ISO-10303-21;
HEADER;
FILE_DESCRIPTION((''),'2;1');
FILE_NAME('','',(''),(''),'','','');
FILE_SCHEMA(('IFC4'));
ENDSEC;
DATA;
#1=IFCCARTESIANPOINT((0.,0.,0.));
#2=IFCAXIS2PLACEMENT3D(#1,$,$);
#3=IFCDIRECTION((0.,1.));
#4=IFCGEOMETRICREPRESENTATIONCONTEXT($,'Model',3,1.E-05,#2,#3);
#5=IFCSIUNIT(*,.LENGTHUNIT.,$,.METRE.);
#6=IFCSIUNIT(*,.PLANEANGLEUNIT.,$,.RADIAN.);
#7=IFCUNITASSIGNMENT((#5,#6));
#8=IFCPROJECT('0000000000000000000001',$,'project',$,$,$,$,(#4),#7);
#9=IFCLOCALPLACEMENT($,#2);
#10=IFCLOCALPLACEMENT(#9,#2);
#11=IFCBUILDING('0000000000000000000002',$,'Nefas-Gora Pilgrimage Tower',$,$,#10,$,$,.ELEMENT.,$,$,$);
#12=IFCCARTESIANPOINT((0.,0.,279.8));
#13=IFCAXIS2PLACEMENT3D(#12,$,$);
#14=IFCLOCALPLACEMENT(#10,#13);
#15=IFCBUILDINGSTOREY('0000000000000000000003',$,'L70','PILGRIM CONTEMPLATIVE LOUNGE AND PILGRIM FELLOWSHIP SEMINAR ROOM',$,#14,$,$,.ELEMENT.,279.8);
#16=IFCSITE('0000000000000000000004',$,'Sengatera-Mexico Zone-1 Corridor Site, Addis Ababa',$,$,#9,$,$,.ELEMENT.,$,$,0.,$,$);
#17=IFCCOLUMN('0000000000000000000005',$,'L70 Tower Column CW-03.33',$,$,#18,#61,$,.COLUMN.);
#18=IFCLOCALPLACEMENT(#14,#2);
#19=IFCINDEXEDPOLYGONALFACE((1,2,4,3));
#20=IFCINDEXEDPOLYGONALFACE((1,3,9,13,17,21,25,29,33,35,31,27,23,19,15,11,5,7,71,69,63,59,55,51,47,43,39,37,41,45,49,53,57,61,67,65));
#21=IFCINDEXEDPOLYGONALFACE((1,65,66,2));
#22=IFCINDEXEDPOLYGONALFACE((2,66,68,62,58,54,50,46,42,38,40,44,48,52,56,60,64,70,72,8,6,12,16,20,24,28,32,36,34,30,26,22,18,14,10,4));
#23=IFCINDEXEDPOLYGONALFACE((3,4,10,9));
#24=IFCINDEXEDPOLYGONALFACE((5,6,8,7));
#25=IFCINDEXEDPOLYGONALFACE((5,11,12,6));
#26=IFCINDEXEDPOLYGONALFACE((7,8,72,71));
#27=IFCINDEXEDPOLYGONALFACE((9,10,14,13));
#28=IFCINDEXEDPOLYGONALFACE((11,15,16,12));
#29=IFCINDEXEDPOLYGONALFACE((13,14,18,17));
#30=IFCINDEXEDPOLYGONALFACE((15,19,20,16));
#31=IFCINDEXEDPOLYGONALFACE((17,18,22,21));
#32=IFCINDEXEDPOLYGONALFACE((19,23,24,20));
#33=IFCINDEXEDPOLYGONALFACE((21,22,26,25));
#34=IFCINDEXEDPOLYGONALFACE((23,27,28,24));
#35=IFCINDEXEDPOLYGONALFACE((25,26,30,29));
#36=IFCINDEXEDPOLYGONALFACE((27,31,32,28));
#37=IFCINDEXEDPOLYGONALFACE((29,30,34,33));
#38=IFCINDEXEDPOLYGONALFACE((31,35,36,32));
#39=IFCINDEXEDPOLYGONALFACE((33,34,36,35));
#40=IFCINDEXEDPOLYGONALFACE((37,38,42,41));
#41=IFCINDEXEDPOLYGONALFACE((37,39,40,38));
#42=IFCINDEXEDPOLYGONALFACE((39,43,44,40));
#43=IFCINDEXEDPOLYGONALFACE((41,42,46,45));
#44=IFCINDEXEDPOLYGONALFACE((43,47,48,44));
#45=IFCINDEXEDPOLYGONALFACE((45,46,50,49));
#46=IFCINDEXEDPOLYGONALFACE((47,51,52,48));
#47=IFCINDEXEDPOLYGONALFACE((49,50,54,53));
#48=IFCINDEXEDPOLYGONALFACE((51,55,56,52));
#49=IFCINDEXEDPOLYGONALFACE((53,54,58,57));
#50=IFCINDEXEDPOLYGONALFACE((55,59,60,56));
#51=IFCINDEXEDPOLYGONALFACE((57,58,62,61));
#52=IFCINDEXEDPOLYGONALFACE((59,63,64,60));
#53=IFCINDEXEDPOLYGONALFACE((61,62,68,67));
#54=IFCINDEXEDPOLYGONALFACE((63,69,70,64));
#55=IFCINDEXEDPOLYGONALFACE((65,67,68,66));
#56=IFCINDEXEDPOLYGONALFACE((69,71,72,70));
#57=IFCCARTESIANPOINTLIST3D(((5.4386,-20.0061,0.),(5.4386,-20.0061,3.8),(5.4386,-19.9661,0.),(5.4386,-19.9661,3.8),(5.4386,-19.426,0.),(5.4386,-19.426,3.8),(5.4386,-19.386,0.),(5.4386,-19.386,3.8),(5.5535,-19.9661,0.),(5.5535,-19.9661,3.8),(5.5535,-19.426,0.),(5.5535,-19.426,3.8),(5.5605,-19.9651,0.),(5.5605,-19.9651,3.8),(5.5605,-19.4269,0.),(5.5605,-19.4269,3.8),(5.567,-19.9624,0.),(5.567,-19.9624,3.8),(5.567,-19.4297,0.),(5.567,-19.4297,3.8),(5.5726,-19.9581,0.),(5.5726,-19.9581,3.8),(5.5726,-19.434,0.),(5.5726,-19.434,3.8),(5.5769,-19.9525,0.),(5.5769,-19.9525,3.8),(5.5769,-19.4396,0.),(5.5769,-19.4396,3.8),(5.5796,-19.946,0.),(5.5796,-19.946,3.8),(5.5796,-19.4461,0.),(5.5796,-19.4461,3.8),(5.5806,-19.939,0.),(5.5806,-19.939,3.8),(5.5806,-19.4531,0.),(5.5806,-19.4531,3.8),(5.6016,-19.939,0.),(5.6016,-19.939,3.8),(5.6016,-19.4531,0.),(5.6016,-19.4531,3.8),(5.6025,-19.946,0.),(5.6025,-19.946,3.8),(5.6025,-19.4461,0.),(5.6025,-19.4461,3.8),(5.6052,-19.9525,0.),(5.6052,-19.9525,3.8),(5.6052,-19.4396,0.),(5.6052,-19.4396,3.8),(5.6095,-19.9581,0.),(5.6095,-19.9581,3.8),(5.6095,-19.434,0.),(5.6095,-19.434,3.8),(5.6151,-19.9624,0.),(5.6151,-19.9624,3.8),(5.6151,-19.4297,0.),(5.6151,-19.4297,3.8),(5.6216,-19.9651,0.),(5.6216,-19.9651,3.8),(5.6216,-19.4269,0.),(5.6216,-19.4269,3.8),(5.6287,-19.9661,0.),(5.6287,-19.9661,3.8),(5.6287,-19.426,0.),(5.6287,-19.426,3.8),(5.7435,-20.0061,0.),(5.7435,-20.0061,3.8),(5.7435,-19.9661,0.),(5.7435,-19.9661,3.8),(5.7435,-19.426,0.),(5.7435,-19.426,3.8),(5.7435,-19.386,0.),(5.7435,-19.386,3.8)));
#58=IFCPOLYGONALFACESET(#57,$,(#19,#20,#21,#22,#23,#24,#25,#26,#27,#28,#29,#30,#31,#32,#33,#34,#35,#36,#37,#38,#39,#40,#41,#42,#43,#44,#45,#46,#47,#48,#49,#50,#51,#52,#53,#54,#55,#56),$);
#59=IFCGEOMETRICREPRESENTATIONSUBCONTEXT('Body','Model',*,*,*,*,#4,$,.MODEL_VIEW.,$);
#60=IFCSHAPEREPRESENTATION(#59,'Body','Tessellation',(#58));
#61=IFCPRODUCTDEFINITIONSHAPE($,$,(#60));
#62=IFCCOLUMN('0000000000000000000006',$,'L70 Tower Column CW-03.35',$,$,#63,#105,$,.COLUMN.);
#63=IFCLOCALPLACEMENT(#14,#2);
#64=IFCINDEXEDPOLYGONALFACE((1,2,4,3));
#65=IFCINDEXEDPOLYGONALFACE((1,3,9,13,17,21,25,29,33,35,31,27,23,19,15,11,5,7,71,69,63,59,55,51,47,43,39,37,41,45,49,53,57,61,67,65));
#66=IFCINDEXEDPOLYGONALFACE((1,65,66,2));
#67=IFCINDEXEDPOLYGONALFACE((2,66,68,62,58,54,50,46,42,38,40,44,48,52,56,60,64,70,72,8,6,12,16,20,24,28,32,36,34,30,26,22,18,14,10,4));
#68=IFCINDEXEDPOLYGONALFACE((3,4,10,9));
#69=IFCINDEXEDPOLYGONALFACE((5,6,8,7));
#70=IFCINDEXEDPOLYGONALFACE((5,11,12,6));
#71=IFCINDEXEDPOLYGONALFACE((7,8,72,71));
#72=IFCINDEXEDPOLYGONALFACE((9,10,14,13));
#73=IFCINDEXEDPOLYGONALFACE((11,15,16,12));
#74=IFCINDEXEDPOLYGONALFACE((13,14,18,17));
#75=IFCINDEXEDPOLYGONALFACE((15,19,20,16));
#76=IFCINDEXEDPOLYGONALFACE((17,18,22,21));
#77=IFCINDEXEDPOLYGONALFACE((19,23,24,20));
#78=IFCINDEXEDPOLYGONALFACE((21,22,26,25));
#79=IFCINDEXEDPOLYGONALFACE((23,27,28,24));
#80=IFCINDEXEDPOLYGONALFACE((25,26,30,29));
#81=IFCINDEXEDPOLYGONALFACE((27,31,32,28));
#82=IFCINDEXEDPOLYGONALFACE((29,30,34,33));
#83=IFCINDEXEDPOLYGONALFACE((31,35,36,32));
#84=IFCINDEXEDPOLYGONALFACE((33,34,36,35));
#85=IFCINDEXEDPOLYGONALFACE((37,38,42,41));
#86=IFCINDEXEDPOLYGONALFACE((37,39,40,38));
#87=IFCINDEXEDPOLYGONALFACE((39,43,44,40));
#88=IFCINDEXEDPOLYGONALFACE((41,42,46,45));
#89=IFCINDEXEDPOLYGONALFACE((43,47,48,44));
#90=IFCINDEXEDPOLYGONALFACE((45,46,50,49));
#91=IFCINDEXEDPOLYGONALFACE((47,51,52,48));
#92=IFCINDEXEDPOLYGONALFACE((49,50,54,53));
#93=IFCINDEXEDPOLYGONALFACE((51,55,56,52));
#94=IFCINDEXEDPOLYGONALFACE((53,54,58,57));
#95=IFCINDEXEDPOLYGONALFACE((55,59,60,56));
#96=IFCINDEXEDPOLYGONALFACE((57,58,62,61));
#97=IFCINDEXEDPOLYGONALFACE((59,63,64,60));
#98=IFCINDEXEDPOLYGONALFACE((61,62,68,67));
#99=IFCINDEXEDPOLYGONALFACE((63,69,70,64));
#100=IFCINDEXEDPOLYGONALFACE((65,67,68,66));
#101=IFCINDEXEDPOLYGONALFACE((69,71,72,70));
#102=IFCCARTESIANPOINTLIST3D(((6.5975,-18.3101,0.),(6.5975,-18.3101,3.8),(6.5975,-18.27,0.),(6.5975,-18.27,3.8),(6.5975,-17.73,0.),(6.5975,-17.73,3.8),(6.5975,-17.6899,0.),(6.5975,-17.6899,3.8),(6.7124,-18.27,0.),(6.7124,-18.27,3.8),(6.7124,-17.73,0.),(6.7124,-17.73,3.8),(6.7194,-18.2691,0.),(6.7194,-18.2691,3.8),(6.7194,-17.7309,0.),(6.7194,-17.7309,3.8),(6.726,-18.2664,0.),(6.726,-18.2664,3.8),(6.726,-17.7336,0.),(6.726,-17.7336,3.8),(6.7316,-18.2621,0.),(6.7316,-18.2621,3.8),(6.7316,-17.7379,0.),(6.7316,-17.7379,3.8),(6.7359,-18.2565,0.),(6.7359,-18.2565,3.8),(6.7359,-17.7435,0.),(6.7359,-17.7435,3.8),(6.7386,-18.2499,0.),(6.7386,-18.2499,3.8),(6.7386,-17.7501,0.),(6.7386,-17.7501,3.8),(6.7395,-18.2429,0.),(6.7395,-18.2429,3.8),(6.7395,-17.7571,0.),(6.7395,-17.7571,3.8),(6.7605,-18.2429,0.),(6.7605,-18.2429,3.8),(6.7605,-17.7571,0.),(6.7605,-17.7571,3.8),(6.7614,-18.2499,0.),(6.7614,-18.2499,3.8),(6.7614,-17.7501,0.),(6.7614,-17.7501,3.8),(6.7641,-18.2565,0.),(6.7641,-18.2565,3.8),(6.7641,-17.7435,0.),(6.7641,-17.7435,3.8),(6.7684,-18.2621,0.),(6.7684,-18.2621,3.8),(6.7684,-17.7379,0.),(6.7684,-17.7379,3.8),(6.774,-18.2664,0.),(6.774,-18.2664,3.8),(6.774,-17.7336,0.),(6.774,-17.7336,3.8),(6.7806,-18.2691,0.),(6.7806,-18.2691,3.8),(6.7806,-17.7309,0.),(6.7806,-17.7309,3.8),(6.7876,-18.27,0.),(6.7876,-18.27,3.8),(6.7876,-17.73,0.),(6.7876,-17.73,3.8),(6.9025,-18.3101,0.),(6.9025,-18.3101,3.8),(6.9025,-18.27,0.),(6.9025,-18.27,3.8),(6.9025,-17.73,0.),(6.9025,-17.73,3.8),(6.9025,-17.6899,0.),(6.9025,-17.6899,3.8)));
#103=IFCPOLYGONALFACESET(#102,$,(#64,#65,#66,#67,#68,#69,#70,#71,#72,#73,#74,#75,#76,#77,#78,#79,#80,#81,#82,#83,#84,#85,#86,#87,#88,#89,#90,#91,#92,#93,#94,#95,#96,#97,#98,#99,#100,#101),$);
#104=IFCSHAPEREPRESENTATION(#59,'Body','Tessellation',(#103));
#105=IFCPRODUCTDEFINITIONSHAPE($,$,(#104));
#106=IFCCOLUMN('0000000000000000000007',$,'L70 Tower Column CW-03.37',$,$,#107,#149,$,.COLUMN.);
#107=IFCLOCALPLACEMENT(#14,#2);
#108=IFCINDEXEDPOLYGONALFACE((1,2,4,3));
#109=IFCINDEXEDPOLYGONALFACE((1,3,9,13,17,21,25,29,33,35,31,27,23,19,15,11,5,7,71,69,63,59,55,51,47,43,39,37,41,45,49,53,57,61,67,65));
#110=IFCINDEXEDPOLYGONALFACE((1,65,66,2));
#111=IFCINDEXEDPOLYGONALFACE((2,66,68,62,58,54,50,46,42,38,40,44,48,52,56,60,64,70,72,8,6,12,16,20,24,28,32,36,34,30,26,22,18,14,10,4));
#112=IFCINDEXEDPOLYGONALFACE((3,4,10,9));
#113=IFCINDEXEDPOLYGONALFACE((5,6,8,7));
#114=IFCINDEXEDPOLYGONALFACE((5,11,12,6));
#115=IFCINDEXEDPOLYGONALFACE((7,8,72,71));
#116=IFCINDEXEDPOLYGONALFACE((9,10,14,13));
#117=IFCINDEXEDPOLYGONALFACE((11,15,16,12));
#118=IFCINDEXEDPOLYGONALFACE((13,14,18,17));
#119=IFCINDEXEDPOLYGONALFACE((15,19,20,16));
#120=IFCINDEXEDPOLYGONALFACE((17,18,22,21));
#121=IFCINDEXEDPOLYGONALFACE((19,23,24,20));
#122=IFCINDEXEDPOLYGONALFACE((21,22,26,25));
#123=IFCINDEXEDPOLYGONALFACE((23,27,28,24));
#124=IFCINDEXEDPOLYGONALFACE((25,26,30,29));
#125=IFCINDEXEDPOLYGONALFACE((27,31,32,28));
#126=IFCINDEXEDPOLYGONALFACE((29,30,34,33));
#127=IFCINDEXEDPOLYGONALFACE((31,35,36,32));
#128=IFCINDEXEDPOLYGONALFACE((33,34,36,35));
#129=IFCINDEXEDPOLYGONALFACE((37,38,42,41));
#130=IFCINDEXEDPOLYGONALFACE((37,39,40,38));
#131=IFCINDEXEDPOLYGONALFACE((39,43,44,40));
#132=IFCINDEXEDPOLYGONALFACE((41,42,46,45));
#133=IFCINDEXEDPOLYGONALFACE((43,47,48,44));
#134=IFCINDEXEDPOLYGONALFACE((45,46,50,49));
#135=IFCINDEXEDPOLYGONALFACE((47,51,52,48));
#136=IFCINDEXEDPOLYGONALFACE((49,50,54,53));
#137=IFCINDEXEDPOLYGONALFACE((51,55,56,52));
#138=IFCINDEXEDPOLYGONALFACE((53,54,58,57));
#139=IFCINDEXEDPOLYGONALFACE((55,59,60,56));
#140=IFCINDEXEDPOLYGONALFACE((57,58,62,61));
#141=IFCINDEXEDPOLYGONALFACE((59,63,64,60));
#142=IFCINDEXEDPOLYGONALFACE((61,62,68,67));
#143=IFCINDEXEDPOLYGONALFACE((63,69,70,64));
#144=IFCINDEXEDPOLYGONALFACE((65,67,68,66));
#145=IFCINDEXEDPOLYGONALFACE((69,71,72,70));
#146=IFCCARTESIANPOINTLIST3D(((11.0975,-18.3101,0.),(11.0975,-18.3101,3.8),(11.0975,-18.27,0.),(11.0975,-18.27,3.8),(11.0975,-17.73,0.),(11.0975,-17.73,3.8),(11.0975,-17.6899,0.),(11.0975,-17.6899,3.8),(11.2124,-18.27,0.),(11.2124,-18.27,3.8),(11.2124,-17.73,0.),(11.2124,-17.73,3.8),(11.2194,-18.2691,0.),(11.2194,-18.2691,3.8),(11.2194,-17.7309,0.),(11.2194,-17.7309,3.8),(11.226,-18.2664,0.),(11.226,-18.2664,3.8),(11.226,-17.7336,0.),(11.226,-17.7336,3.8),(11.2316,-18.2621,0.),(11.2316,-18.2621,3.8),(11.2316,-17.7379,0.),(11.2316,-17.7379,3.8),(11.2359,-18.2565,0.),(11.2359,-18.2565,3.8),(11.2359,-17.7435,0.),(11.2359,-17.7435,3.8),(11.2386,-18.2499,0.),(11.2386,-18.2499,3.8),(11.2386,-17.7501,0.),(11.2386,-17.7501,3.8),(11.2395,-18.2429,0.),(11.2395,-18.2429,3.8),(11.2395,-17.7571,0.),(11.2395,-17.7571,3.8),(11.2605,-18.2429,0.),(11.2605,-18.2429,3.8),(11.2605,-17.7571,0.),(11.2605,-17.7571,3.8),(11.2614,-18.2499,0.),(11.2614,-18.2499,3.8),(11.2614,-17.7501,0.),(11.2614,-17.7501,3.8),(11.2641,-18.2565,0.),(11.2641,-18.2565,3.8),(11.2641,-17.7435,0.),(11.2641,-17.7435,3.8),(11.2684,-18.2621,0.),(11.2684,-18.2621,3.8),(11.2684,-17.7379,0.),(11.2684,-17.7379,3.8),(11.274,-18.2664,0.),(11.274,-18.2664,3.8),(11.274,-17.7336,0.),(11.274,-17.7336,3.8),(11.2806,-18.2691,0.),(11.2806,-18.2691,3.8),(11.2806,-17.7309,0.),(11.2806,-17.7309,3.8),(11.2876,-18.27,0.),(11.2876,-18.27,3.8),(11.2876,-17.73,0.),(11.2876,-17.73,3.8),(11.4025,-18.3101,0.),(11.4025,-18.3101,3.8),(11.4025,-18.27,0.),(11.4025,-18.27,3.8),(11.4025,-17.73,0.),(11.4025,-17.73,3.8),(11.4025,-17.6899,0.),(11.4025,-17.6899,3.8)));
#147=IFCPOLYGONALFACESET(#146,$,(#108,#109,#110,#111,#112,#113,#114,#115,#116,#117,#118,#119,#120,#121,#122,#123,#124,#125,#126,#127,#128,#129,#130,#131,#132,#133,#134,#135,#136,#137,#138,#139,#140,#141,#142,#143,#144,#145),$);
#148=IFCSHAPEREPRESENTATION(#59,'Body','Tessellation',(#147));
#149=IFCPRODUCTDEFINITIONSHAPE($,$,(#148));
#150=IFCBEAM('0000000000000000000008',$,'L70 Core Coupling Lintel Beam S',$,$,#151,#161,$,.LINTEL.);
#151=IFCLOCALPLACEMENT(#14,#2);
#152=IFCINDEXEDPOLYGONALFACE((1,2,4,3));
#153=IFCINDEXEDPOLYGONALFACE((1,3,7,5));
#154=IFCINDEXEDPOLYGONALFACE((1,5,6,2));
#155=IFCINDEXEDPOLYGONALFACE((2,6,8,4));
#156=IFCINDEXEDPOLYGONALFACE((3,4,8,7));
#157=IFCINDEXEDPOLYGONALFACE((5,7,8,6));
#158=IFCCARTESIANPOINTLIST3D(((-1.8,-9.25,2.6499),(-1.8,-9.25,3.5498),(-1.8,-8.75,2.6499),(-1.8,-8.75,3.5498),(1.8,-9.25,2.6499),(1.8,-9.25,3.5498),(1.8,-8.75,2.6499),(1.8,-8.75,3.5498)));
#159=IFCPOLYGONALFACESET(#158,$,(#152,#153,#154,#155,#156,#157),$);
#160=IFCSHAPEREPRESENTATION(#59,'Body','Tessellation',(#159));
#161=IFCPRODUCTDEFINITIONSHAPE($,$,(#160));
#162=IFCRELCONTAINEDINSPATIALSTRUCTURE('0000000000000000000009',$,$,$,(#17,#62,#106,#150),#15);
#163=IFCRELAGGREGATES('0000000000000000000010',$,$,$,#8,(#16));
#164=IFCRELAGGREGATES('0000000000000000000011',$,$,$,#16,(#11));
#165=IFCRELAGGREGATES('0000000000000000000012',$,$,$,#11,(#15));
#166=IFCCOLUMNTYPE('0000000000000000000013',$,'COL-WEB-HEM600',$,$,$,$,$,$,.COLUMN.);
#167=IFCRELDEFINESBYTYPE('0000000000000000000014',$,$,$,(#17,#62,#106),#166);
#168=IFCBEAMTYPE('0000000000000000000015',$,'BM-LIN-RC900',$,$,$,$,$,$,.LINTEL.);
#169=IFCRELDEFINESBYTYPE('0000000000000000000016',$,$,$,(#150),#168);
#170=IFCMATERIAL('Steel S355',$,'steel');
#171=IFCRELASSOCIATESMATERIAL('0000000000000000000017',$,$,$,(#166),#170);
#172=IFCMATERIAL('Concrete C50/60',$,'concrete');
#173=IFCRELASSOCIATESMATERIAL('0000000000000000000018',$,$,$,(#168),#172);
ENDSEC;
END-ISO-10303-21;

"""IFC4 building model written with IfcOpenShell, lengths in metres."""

from ifc_helpers import new_model, si_unit, direction, frame, origin, origin_2d, place, context, subcontext, project, spatial, rectangle, i_section, extrude, source, transform, mapped, material, material_profile, profile_set, type_object, element, save


model = new_model("IFC4")

# Units and contexts
model_context = context("Model", 3, precision=1e-05, world=origin(), true_north=direction((0.0, 1.0)))
body_context = subcontext(model_context, "Body", "Model", "MODEL_VIEW")
ifc_project = project(units=[si_unit("LENGTHUNIT", "METRE"), si_unit("PLANEANGLEUNIT", "RADIAN")], contexts=[model_context])

# Site, building, storey
site_placement = place(None, origin())
site = spatial("IfcSite", under=ifc_project, at=site_placement, Name="Sengatera-Mexico Zone-1 Corridor Site, Addis Ababa", CompositionType="ELEMENT", RefElevation=0.0)
building_placement = place(site_placement, origin())
building = spatial("IfcBuilding", under=site, at=building_placement, Name="Nefas-Gora Pilgrimage Tower", CompositionType="ELEMENT")
storey_placement = place(building_placement, frame((0.0, 0.0, 279.8)))
storey = spatial("IfcBuildingStorey", under=building, at=storey_placement, Name="L70", Description="PILGRIM CONTEMPLATIVE LOUNGE AND PILGRIM FELLOWSHIP SEMINAR ROOM", CompositionType="ELEMENT", Elevation=279.8)

# Columns
ifc_material_1 = material(Name="Steel S355", Category="steel")
ifc_material_profile_1 = material_profile(ifc_material_1, i_section(OverallWidth=0.3049, OverallDepth=0.6201, WebThickness=0.021, FlangeThickness=0.04, FilletRadius=0.0271, at=origin_2d()), Name="HEM 600")
ifc_profile_set_1 = profile_set([ifc_material_profile_1], Name="Steel S355")
column_type_1 = type_object("IfcColumnType", Name="COL-WEB-HEM600", PredefinedType="COLUMN", material=ifc_profile_set_1)
shared_shape_1 = source(origin(), body_context, "Body", "SweptSolid", [
    extrude(i_section(OverallWidth=0.3049, OverallDepth=0.6201, WebThickness=0.021, FlangeThickness=0.04, FilletRadius=0.0271, at=origin_2d()), origin(), (0.0, 0.0, 1.0), 3.8),
])
for number, where, z_axis, x_axis, name in (
    (1, (5.5911, -19.696, 0.0), (0.0, 0.0, 1.0), (1.0, 0.0, 0.0), "L70 Tower Column CW-03.33"),
    (2, (6.75, -18.0, 0.0), (0.0, 0.0, 1.0), (1.0, 0.0, 0.0), "L70 Tower Column CW-03.35"),
    (3, (11.25, -18.0, 0.0), (0.0, 0.0, 1.0), (1.0, 0.0, 0.0), "L70 Tower Column CW-03.37"),
):
    element("IfcColumn", number, at=place(storey_placement, frame(where, z_axis=z_axis, x_axis=x_axis)), inside=storey, type_object=column_type_1, Name=name, PredefinedType="COLUMN", context=body_context, shape_type="MappedRepresentation", body=[
        mapped(shared_shape_1, transform((0.0, 0.0, 0.0), x_axis=(1.0, 0.0, 0.0), y_axis=(0.0, 1.0, 0.0), z_axis=(0.0, 0.0, 1.0), scale=1.0)),
    ])

# Beam
ifc_material_2 = material(Name="Concrete C50/60", Category="concrete")
ifc_material_profile_2 = material_profile(ifc_material_2, rectangle(XDim=0.5, YDim=0.8999, at=origin_2d()), Name="RC 500x900")
ifc_profile_set_2 = profile_set([ifc_material_profile_2], Name="Concrete C50/60")
beam_type_1 = type_object("IfcBeamType", Name="BM-LIN-RC900", PredefinedType="LINTEL", material=ifc_profile_set_2)
shared_shape_2 = source(origin(), body_context, "Body", "SweptSolid", [
    extrude(rectangle(XDim=0.5, YDim=0.8999, at=origin_2d()), origin(), (0.0, 0.0, 1.0), 3.6001),
])
beam_1_placement = place(storey_placement, frame((-1.8, -9.0, 3.0999), z_axis=(1.0, 0.0, 0.0), x_axis=(0.0, 1.0, 0.0)))
element("IfcBeam", 4, at=beam_1_placement, inside=storey, type_object=beam_type_1, Name="L70 Core Coupling Lintel Beam S", PredefinedType="LINTEL", context=body_context, shape_type="MappedRepresentation", body=[
    mapped(shared_shape_2, transform((0.0, 0.0, 0.0), x_axis=(1.0, 0.0, 0.0), y_axis=(0.0, 1.0, 0.0), z_axis=(0.0, 0.0, 1.0), scale=1.0)),
])

save(model, "model.ifc")
